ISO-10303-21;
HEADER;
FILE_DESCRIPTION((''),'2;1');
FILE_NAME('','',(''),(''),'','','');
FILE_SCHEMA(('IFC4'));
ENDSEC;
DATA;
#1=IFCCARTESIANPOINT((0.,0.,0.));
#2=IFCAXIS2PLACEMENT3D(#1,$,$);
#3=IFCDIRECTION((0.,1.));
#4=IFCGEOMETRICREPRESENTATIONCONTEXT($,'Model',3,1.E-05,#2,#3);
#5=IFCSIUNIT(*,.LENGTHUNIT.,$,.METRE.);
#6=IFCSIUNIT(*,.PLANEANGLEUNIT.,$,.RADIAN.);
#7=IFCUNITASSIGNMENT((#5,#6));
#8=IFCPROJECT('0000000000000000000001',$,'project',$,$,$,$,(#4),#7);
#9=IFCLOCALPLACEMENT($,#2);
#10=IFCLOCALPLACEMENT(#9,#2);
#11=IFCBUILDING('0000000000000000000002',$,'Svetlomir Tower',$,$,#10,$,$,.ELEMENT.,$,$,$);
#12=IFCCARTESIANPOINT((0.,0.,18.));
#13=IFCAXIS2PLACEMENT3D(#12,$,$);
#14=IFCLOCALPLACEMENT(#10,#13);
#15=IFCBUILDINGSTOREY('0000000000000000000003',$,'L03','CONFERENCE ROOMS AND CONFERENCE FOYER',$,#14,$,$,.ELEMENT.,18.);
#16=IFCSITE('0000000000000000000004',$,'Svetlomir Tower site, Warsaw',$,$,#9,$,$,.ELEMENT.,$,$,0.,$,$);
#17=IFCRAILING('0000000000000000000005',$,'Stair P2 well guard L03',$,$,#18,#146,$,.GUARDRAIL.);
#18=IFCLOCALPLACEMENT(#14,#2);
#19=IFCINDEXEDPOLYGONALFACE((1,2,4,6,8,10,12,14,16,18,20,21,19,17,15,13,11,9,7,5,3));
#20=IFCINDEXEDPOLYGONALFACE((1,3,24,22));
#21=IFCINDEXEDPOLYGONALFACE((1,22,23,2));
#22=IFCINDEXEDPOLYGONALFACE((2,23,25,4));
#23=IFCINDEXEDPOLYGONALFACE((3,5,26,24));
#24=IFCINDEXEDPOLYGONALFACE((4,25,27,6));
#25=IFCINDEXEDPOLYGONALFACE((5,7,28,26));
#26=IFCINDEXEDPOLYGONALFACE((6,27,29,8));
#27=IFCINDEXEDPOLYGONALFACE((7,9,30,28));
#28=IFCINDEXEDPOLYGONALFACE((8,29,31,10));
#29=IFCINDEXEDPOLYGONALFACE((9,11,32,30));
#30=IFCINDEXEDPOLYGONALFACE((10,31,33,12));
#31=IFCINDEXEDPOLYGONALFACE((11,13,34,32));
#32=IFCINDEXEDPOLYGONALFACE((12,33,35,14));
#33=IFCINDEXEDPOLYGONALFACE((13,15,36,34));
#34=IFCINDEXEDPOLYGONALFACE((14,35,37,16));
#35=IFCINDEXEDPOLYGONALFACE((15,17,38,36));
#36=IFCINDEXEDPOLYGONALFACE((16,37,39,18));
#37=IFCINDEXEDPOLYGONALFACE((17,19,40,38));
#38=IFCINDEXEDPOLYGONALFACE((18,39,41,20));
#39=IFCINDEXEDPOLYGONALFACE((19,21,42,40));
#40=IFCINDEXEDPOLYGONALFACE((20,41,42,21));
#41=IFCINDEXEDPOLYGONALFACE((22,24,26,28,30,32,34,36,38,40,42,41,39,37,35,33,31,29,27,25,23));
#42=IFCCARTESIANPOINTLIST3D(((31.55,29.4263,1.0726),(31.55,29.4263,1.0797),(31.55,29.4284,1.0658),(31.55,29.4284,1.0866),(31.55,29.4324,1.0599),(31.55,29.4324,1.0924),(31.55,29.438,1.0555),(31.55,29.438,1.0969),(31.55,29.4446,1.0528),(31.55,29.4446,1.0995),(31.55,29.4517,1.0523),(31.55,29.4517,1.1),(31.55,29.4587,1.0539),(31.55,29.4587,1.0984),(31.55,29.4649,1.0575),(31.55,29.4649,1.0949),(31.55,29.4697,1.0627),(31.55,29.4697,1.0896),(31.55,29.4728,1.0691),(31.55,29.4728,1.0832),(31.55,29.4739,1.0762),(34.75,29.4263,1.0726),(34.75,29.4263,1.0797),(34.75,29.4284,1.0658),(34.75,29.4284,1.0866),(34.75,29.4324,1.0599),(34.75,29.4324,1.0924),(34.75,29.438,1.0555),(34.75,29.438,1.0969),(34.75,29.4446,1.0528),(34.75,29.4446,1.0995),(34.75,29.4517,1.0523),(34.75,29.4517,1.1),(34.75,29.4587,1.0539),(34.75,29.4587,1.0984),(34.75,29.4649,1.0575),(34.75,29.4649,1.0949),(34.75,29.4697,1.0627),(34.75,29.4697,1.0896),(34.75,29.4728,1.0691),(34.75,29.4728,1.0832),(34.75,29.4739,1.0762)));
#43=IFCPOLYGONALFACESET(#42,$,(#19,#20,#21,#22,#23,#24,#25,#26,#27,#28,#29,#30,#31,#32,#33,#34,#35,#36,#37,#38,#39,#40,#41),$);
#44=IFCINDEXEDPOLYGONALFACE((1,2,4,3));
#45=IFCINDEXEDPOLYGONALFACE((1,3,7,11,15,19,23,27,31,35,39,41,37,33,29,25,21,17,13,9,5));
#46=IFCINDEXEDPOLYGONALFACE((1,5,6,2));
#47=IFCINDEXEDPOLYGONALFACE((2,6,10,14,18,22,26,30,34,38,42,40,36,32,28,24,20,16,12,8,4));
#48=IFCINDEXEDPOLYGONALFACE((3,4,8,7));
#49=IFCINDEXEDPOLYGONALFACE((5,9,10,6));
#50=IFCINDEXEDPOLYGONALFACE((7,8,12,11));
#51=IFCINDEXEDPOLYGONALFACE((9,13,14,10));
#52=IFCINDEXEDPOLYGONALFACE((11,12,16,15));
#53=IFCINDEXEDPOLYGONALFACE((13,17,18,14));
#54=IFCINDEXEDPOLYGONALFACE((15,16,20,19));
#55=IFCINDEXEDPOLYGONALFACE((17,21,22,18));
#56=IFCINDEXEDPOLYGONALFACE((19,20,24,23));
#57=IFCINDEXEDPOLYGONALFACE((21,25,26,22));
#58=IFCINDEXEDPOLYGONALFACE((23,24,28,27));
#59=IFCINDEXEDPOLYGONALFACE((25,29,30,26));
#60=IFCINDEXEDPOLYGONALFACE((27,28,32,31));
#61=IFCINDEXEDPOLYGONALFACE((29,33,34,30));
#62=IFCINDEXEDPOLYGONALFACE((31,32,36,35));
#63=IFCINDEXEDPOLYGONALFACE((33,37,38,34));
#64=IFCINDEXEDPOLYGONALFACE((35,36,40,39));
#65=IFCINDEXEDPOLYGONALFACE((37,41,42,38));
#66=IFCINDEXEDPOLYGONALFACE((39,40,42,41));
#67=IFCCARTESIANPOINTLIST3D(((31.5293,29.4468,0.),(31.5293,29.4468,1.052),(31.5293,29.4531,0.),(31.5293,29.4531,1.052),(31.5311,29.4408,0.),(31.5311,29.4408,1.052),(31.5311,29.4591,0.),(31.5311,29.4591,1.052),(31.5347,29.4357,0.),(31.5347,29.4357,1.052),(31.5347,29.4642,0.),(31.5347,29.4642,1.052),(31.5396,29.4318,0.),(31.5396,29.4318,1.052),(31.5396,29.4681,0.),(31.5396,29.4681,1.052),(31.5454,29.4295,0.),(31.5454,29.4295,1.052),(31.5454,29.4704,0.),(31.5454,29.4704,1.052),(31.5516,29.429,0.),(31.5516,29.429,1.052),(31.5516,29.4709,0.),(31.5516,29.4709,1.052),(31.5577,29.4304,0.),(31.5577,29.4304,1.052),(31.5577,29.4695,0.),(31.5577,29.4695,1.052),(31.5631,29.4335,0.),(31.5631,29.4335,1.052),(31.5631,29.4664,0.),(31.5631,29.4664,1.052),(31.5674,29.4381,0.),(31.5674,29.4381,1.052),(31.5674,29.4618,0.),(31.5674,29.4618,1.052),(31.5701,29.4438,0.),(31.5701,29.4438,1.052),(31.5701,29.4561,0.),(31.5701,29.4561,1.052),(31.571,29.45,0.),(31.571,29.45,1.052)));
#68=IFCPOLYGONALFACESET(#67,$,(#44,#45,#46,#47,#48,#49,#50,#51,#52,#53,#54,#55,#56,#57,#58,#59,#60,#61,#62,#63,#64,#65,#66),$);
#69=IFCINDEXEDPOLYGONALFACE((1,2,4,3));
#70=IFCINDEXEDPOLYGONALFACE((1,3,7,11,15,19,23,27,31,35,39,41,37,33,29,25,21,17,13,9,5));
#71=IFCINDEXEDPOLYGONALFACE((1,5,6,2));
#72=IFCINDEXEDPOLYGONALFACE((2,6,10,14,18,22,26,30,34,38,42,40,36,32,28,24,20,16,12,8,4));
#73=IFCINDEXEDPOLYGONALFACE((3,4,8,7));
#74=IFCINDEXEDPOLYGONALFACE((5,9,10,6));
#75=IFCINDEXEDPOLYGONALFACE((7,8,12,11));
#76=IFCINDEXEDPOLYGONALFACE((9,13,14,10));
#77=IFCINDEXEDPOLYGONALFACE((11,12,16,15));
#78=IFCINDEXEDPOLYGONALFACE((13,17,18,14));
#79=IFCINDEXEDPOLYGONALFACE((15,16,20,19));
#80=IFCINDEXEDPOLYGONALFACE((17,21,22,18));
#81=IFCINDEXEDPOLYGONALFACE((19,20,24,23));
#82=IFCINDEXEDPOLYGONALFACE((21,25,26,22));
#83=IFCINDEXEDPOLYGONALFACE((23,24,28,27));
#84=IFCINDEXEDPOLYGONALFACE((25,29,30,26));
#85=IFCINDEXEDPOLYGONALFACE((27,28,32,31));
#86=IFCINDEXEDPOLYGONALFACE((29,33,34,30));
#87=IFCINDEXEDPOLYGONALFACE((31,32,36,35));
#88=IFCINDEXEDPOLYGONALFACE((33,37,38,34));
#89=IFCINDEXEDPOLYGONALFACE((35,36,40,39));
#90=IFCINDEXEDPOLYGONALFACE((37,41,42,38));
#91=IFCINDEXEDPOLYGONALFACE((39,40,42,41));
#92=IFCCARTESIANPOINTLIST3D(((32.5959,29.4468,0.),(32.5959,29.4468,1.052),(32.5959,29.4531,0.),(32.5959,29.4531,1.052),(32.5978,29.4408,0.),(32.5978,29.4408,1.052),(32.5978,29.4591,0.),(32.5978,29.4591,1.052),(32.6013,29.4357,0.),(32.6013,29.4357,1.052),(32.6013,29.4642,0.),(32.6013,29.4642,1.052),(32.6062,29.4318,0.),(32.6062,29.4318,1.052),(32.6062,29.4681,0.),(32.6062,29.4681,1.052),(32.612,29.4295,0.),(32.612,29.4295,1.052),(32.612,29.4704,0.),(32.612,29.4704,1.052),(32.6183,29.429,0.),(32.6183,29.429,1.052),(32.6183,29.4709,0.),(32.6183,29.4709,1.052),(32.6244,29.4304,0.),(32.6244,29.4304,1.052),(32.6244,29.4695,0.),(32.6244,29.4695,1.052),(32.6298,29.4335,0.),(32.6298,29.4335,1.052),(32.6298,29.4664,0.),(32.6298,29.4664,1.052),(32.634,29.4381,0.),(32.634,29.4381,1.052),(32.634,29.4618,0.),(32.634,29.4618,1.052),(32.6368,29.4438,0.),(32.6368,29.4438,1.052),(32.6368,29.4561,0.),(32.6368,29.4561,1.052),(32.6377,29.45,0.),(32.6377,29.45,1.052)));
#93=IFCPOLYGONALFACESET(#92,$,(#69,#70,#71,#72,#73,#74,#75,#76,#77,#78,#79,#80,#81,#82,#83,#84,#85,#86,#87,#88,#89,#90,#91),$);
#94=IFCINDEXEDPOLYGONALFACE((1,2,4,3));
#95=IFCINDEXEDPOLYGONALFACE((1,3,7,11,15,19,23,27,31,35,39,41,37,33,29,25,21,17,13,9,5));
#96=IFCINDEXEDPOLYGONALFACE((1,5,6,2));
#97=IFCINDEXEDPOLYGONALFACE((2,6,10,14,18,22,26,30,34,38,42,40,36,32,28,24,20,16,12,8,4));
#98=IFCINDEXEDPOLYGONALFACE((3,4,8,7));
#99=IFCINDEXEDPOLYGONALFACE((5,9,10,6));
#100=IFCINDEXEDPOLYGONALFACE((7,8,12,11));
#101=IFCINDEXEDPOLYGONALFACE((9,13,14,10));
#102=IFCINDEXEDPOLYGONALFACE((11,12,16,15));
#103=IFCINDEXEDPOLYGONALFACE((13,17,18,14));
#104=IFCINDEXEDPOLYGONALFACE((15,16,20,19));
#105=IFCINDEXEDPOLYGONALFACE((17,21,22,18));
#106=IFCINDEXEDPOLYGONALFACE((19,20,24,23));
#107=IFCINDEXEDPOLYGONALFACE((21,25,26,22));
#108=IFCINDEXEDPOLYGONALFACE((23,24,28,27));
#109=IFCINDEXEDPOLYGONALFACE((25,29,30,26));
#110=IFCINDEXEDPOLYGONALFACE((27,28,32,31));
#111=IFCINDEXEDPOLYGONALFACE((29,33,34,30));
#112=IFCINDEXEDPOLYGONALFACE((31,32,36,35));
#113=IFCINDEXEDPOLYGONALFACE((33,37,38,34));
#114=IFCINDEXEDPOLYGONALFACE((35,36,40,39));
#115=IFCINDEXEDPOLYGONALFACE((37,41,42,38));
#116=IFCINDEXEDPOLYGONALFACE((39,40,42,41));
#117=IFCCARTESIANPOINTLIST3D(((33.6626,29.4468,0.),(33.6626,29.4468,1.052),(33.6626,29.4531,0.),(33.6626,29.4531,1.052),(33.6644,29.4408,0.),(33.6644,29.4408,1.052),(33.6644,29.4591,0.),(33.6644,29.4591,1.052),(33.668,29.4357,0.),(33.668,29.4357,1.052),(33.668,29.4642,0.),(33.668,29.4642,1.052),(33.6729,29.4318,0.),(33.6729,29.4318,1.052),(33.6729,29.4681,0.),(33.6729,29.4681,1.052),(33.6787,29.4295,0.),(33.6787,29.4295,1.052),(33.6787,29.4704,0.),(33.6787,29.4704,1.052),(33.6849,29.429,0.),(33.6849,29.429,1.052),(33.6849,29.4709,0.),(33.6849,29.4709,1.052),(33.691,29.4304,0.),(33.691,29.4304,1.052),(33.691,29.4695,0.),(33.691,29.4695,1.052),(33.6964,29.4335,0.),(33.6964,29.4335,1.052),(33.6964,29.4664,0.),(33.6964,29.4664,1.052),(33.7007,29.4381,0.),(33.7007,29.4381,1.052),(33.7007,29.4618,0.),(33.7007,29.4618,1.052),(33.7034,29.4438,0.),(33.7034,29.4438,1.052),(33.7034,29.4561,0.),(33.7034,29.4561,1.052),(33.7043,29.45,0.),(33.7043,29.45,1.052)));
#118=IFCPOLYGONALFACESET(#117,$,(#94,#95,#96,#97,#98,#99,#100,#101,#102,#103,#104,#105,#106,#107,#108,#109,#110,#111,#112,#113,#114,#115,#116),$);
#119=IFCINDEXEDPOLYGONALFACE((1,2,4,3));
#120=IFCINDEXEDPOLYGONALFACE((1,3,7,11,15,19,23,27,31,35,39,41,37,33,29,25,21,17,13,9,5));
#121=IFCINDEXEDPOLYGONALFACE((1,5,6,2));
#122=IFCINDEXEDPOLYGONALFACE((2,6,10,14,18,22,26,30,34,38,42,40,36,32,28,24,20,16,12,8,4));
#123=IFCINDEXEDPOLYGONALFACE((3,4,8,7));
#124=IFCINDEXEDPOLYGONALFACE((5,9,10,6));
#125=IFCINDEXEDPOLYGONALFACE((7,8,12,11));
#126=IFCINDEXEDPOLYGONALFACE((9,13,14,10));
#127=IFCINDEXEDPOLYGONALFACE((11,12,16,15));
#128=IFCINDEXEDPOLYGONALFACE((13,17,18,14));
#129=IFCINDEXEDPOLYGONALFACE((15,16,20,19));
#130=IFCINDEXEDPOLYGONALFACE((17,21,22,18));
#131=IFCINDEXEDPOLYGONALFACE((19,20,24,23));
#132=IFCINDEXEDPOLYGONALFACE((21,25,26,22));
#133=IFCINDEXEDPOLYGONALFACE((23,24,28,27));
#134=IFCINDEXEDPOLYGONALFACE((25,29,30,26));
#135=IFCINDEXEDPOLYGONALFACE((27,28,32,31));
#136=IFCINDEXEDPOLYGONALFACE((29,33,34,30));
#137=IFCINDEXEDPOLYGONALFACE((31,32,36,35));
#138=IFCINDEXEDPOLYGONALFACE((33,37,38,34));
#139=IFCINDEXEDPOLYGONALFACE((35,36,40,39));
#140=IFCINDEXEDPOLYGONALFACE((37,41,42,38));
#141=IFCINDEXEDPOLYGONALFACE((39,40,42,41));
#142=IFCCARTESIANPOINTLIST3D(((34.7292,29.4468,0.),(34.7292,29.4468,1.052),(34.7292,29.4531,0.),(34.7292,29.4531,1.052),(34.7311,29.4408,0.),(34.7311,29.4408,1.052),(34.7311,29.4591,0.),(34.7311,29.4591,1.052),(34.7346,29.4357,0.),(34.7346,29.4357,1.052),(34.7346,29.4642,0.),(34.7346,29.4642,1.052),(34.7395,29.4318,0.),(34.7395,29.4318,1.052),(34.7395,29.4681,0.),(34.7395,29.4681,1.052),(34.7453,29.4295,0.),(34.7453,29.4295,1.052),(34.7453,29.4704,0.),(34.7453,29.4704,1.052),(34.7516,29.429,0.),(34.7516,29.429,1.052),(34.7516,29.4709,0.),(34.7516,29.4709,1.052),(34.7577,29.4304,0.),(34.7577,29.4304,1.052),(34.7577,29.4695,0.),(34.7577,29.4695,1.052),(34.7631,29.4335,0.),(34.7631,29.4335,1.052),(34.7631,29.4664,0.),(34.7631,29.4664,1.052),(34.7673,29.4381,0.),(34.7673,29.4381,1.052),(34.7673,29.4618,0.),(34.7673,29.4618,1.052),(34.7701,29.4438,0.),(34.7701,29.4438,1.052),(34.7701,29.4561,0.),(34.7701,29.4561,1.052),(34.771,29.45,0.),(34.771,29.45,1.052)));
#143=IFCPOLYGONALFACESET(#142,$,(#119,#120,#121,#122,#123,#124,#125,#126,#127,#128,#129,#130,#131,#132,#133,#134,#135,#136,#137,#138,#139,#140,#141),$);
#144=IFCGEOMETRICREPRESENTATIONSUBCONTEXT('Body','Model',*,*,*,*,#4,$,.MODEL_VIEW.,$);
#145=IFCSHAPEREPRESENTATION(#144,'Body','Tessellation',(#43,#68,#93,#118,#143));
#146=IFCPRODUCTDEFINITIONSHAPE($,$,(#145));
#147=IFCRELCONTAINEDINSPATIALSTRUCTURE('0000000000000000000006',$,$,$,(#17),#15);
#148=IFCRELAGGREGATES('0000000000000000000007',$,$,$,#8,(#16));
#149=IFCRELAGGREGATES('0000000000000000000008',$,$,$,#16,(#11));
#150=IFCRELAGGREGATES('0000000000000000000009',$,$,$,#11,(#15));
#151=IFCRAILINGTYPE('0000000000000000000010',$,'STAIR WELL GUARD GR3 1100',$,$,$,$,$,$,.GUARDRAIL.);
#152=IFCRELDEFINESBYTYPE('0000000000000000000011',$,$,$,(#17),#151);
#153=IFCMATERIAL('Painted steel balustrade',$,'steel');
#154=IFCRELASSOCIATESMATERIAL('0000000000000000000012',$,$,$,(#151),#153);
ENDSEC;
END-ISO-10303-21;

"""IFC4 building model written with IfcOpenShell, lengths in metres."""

from ifc_helpers import new_model, si_unit, direction, frame, origin, origin_2d, place, context, subcontext, project, spatial, circle, extrude, material, type_object, element, save


model = new_model("IFC4")

# Units and contexts
model_context = context("Model", 3, precision=1e-05, world=origin(), true_north=direction((0.0, 1.0)))
body_context = subcontext(model_context, "Body", "Model", "MODEL_VIEW")
ifc_project = project(units=[si_unit("LENGTHUNIT", "METRE"), si_unit("PLANEANGLEUNIT", "RADIAN")], contexts=[model_context])

# Site, building, storey
site_placement = place(None, origin())
site = spatial("IfcSite", under=ifc_project, at=site_placement, Name="Svetlomir Tower site, Warsaw", CompositionType="ELEMENT", RefElevation=0.0)
building_placement = place(site_placement, origin())
building = spatial("IfcBuilding", under=site, at=building_placement, Name="Svetlomir Tower", CompositionType="ELEMENT")
storey_placement = place(building_placement, frame((0.0, 0.0, 18.0)))
storey = spatial("IfcBuildingStorey", under=building, at=storey_placement, Name="L03", Description="CONFERENCE ROOMS AND CONFERENCE FOYER", CompositionType="ELEMENT", Elevation=18.0)

# Railing
ifc_material_1 = material(Name="Painted steel balustrade", Category="steel")
railing_type_1 = type_object("IfcRailingType", Name="STAIR WELL GUARD GR3 1100", PredefinedType="GUARDRAIL", material=ifc_material_1)
railing_1_placement = place(storey_placement, frame((31.55, 29.45, 0.0)))
element("IfcRailing", 1, at=railing_1_placement, inside=storey, type_object=railing_type_1, Name="Stair P2 well guard L03", PredefinedType="GUARDRAIL", context=body_context, shape_type="SweptSolid", body=[
    extrude(circle(Radius=0.0239, at=origin_2d()), frame((0.0, 0.0, 1.0762), z_axis=(1.0, 0.0, 0.0), x_axis=(0.0, 1.0, 0.0)), (0.0, 0.0, 1.0), 3.2),
    extrude(circle(Radius=0.021, at=origin_2d()), origin(), (0.0, 0.0, 1.0), 1.052),
    extrude(circle(Radius=0.021, at=origin_2d()), frame((1.0667, 0.0, 0.0)), (0.0, 0.0, 1.0), 1.052),
    extrude(circle(Radius=0.021, at=origin_2d()), frame((2.1333, 0.0, 0.0)), (0.0, 0.0, 1.0), 1.052),
    extrude(circle(Radius=0.021, at=origin_2d()), frame((3.2, 0.0, 0.0)), (0.0, 0.0, 1.0), 1.052),
])

save(model, "model.ifc")
